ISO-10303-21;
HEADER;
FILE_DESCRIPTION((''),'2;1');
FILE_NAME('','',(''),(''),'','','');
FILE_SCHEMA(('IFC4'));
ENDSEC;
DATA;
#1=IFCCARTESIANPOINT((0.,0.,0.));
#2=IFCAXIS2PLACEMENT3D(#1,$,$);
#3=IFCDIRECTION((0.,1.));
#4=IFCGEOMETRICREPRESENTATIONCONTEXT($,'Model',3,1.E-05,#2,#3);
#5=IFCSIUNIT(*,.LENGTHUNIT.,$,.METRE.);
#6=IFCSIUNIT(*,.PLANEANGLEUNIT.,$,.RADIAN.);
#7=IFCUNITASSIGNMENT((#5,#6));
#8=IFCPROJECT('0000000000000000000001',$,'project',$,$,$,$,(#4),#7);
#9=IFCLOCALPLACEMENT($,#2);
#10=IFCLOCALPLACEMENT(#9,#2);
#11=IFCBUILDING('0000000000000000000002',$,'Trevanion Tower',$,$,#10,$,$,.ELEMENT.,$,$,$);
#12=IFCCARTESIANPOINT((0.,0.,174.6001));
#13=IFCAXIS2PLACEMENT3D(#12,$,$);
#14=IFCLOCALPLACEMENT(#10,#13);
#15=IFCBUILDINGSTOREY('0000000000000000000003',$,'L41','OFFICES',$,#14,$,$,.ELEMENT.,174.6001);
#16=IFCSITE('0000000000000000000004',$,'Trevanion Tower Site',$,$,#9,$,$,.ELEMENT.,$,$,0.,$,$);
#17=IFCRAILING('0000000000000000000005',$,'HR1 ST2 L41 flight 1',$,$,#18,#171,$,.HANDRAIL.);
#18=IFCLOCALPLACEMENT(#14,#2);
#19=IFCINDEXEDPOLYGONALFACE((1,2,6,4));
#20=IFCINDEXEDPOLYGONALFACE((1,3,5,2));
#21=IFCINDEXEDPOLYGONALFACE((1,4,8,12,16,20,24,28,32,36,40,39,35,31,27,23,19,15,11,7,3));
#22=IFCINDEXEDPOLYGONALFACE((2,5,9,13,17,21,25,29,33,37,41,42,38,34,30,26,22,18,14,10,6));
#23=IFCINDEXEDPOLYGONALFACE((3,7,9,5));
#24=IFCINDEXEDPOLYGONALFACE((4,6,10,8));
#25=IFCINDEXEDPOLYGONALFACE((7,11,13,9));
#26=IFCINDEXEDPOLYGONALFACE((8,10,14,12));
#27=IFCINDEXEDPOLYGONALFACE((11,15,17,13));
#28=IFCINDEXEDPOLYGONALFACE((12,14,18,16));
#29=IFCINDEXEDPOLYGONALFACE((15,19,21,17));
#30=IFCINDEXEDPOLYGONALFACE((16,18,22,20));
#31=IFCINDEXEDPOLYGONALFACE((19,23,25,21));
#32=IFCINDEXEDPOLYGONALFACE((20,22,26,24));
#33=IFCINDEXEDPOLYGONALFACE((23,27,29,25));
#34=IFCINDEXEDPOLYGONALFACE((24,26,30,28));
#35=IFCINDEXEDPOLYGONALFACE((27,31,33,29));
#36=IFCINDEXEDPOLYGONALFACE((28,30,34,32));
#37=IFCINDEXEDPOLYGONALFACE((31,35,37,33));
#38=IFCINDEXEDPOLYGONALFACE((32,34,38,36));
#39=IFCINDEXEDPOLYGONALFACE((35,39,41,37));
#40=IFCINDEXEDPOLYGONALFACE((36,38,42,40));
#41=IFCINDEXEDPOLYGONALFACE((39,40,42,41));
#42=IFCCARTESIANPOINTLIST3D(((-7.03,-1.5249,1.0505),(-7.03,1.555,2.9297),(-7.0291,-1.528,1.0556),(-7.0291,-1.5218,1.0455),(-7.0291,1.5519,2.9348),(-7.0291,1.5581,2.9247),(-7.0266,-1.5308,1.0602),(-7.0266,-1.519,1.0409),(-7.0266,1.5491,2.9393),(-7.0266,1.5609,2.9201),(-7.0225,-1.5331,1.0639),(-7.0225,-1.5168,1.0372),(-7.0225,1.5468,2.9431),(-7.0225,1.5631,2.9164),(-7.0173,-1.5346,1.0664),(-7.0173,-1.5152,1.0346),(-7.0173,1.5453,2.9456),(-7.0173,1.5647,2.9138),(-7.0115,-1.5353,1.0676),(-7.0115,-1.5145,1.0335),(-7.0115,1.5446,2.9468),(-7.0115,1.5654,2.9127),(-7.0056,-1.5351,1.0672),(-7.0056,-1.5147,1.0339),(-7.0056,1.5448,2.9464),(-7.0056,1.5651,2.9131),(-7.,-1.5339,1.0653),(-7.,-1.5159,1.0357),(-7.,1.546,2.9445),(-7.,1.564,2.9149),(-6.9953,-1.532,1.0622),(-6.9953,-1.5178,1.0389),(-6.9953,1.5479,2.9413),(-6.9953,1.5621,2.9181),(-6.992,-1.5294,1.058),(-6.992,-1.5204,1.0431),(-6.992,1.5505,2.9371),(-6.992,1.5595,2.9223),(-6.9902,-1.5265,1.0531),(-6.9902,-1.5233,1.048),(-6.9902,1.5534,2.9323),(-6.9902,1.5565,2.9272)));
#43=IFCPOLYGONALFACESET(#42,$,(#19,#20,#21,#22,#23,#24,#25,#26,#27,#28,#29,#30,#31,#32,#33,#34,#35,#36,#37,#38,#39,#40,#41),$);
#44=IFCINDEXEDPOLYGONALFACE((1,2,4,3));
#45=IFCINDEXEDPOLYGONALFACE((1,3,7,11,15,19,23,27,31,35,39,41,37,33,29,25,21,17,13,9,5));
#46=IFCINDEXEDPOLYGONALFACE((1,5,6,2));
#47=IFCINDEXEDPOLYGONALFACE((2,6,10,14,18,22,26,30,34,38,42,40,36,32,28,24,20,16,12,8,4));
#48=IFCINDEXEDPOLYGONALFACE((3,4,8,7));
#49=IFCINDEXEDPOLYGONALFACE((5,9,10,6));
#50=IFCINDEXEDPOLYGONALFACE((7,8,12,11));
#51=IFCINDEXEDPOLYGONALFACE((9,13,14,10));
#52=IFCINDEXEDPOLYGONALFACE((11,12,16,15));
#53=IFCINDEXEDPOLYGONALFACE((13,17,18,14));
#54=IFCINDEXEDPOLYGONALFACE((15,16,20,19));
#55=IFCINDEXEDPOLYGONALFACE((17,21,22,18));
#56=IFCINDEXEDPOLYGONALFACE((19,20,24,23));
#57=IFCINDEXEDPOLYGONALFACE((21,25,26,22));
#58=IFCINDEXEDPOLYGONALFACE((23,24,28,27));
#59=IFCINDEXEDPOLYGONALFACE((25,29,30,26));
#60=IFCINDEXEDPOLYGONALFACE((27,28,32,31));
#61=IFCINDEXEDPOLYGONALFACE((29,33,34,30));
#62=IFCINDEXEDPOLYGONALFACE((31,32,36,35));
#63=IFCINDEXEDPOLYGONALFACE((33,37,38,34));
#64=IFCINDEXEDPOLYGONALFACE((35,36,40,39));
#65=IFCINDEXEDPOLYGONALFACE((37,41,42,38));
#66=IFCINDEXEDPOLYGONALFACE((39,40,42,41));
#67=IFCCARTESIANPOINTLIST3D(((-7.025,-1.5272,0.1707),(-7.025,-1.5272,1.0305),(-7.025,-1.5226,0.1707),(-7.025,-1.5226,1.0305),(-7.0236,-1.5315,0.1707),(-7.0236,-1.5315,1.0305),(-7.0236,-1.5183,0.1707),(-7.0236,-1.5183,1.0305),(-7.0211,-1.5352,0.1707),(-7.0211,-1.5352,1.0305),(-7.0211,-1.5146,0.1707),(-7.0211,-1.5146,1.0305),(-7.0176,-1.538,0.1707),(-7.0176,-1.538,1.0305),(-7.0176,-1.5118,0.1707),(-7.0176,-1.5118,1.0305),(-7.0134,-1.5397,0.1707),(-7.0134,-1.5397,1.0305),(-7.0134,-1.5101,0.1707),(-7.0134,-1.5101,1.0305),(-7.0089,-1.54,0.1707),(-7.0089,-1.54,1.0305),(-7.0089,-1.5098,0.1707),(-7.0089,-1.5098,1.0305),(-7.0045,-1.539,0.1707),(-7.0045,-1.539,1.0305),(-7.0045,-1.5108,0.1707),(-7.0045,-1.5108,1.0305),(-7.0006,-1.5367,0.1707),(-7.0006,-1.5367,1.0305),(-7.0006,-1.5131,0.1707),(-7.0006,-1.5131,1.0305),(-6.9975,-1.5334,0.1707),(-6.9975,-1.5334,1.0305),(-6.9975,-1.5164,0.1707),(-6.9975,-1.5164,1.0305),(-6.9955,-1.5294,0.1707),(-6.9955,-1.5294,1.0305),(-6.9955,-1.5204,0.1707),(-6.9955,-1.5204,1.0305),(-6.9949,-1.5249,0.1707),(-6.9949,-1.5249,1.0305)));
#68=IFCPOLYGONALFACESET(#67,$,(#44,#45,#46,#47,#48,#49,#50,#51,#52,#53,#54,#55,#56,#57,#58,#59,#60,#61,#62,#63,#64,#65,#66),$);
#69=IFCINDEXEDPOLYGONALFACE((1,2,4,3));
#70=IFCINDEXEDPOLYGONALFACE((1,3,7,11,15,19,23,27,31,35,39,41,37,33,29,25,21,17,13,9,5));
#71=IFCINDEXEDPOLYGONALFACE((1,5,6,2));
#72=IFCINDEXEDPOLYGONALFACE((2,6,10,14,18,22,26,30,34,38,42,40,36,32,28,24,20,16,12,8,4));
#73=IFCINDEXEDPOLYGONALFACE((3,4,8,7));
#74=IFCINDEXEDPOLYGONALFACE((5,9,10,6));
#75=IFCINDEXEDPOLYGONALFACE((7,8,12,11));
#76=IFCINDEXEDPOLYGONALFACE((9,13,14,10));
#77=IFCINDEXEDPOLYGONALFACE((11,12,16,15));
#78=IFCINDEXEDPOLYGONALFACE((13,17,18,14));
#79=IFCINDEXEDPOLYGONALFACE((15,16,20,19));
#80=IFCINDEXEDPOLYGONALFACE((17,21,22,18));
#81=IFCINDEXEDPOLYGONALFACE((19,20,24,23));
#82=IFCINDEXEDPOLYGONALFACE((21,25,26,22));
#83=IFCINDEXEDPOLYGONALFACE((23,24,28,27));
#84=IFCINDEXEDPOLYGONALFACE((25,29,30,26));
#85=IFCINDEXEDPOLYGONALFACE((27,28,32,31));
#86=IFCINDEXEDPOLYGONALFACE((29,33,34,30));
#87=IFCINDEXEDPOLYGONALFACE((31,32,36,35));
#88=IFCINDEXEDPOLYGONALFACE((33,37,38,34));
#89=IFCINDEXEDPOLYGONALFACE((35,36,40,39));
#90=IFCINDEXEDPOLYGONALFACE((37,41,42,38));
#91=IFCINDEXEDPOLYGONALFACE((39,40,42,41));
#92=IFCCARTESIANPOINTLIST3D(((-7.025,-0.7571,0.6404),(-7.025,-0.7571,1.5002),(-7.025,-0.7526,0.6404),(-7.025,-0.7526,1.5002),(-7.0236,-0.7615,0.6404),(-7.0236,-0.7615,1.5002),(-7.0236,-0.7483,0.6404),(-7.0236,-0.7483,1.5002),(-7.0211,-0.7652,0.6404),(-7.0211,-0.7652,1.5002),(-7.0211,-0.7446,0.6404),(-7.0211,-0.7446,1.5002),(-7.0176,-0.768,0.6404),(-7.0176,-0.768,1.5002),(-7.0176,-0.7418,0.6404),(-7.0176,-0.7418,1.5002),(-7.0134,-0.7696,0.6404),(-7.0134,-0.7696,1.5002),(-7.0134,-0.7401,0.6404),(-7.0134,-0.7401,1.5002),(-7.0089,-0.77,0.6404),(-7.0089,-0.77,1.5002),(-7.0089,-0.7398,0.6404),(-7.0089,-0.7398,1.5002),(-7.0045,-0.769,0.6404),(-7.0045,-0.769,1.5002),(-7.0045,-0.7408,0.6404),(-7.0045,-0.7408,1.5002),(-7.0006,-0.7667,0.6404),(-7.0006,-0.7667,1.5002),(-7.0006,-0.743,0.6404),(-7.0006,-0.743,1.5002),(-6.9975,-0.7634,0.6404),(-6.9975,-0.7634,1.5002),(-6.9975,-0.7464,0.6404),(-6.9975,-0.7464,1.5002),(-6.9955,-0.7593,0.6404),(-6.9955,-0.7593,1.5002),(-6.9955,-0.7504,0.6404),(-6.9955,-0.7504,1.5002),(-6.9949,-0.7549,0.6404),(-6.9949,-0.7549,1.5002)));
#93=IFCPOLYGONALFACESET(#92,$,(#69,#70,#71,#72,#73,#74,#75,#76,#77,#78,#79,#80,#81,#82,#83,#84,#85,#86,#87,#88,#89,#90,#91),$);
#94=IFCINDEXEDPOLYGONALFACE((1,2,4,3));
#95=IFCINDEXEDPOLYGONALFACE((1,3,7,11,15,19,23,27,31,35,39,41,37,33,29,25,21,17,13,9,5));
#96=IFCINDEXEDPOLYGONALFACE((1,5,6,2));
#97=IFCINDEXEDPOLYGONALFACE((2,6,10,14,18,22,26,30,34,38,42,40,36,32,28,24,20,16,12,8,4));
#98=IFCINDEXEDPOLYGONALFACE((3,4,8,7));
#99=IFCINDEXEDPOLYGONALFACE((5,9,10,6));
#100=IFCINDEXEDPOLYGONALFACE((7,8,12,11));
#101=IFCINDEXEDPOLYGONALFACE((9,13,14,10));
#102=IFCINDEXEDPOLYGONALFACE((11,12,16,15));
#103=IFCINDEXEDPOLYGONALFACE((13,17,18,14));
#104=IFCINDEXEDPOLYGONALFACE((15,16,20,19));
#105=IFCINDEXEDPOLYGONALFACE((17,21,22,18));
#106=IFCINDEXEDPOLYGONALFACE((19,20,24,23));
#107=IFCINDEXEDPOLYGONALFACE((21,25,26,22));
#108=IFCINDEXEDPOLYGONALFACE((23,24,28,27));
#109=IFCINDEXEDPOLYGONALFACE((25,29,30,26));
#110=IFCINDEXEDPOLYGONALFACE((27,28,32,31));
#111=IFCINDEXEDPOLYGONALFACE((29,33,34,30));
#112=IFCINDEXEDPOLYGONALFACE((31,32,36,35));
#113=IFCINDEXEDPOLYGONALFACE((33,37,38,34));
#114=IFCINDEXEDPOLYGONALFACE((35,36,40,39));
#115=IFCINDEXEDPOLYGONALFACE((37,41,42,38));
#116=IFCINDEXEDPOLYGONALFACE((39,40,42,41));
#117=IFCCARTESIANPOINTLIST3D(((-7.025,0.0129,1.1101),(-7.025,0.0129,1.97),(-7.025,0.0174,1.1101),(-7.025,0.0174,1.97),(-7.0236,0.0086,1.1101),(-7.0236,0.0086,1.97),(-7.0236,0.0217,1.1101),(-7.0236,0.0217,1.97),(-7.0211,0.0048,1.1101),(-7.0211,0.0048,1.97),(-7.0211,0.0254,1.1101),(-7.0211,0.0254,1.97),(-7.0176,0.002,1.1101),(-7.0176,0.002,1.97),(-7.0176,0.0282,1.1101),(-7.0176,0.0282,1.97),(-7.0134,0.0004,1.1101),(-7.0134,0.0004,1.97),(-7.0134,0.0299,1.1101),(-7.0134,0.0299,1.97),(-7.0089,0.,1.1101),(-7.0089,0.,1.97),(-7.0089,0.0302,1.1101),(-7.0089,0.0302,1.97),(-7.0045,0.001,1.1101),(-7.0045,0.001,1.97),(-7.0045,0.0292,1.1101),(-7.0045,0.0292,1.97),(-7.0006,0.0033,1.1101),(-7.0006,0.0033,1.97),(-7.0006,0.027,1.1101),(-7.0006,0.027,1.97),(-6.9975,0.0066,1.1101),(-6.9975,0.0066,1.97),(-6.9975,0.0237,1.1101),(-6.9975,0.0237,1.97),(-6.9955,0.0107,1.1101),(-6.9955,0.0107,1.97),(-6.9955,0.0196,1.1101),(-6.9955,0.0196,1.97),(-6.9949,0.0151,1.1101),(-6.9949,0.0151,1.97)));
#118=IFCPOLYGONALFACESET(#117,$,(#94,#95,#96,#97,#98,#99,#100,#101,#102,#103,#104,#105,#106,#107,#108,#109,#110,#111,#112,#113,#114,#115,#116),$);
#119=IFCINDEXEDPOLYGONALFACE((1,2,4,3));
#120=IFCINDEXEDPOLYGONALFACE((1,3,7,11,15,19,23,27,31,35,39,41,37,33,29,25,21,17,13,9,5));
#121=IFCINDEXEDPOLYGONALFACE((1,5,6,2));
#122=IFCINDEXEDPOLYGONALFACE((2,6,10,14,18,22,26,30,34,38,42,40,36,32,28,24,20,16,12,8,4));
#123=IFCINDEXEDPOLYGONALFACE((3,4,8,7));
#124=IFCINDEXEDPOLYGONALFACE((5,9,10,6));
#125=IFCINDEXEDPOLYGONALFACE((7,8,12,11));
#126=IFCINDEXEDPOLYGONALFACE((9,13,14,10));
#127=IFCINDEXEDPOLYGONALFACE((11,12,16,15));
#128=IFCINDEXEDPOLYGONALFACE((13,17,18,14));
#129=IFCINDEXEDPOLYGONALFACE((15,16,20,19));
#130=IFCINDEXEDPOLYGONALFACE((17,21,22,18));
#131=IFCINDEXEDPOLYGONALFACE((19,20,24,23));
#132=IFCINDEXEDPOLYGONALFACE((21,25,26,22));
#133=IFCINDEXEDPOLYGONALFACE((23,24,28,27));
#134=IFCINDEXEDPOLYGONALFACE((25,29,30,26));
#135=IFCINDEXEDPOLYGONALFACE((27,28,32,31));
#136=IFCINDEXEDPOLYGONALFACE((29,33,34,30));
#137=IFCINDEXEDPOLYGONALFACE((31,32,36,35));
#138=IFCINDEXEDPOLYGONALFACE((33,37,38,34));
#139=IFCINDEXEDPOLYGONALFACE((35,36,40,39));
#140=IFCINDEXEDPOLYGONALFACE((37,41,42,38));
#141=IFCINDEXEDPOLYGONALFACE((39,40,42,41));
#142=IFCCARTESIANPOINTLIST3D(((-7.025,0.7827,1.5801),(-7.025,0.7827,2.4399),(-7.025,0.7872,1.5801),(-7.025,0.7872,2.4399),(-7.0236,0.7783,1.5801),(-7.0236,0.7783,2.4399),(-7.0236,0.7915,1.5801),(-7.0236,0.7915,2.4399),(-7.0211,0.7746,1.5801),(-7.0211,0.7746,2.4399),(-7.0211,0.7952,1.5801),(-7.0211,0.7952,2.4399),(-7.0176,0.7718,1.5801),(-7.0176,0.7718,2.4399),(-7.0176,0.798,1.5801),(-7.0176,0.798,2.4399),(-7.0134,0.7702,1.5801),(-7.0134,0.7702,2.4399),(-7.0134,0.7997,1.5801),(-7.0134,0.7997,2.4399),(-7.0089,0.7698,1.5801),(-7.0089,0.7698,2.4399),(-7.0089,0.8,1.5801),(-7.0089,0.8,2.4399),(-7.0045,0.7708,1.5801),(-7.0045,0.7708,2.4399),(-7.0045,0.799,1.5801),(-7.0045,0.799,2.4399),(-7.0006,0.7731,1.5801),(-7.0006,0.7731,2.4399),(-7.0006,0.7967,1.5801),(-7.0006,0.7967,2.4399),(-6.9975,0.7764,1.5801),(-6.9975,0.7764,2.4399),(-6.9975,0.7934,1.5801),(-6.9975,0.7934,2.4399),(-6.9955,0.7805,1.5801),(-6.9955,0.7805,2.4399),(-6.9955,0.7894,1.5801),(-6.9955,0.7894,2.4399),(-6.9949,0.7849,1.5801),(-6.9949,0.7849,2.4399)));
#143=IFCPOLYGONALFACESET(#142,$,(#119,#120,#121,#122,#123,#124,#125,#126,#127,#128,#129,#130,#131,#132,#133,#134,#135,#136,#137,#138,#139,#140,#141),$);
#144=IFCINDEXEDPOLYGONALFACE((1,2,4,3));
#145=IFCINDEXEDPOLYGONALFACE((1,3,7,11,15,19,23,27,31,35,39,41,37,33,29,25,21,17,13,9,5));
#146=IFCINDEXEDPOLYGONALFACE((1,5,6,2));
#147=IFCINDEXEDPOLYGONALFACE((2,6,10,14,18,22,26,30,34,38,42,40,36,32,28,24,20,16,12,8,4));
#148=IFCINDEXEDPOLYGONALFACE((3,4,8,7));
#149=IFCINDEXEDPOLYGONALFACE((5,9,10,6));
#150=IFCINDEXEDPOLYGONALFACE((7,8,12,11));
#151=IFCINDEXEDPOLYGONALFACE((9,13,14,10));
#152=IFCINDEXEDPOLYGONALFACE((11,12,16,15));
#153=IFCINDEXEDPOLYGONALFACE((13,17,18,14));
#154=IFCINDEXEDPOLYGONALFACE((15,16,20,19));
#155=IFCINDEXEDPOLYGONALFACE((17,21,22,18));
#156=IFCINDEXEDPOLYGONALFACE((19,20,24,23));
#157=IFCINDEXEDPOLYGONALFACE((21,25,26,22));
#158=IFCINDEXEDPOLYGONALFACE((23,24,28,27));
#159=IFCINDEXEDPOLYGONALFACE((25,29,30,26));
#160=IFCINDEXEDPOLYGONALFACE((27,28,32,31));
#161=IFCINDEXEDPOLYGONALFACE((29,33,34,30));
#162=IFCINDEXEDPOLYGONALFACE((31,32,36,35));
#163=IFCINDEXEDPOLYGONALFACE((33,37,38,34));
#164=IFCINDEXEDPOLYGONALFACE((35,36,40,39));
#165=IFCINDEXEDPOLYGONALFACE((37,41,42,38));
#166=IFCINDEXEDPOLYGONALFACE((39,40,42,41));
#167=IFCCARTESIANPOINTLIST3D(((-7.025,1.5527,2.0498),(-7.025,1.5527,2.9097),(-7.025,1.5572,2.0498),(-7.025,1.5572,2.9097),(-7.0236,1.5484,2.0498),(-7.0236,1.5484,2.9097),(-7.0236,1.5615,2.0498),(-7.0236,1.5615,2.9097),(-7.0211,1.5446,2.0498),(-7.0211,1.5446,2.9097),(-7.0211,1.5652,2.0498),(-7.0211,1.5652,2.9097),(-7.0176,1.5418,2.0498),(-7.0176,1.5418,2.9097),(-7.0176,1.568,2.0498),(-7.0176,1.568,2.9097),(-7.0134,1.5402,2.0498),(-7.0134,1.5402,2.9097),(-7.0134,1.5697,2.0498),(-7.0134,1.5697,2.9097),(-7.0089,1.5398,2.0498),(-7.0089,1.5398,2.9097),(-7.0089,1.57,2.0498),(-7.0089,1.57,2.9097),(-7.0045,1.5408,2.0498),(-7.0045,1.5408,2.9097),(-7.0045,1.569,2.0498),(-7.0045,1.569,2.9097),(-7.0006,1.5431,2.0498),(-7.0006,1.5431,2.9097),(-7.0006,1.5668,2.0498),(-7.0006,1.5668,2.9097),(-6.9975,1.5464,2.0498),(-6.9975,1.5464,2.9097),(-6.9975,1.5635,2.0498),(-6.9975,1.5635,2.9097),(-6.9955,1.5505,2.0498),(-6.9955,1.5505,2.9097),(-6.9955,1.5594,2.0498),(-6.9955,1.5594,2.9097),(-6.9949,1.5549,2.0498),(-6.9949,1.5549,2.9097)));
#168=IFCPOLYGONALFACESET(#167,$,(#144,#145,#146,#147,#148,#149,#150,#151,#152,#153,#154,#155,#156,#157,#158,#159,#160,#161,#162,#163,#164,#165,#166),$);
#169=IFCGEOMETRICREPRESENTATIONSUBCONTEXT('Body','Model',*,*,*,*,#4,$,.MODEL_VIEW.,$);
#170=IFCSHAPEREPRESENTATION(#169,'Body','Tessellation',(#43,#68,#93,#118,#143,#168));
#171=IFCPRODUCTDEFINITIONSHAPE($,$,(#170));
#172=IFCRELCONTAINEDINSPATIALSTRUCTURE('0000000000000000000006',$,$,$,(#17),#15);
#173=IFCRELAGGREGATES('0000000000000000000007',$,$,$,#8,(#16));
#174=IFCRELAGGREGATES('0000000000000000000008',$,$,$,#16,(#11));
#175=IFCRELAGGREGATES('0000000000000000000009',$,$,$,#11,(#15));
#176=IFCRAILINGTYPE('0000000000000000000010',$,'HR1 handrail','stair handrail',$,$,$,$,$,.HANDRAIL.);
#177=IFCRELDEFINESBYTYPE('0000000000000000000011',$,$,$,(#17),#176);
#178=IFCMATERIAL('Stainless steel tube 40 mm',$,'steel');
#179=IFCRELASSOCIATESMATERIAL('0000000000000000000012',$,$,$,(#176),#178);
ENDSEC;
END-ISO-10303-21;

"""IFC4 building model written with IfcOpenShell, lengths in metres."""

from ifc_helpers import new_model, si_unit, direction, frame, origin, origin_2d, place, context, subcontext, project, spatial, circle, extrude, material, type_object, element, save


model = new_model("IFC4")

# Units and contexts
model_context = context("Model", 3, precision=1e-05, world=origin(), true_north=direction((0.0, 1.0)))
body_context = subcontext(model_context, "Body", "Model", "MODEL_VIEW")
ifc_project = project(units=[si_unit("LENGTHUNIT", "METRE"), si_unit("PLANEANGLEUNIT", "RADIAN")], contexts=[model_context])

# Site, building, storey
site_placement = place(None, origin())
site = spatial("IfcSite", under=ifc_project, at=site_placement, Name="Trevanion Tower Site", CompositionType="ELEMENT", RefElevation=0.0)
building_placement = place(site_placement, origin())
building = spatial("IfcBuilding", under=site, at=building_placement, Name="Trevanion Tower", CompositionType="ELEMENT")
storey_placement = place(building_placement, frame((0.0, 0.0, 174.6001)))
storey = spatial("IfcBuildingStorey", under=building, at=storey_placement, Name="L41", Description="OFFICES", CompositionType="ELEMENT", Elevation=174.6001)

# Railing
ifc_material_1 = material(Name="Stainless steel tube 40 mm", Category="steel")
railing_type = type_object("IfcRailingType", Name="HR1 handrail", Description="stair handrail", PredefinedType="HANDRAIL", material=ifc_material_1)
for number, where, name in (
    (1, (-7.01, -1.5249, 0.1707), "HR1 ST2 L41 flight 1"),
):
    element("IfcRailing", number, at=place(storey_placement, frame(where)), inside=storey, type_object=railing_type, Name=name, PredefinedType="HANDRAIL", context=body_context, shape_type="SweptSolid", body=[
        extrude(circle(Radius=0.02, at=origin_2d()), frame((0.0, 0.0, 0.8799), z_axis=(0.0, 0.853648, 0.52085), x_axis=(-1.0, 0.0, 0.0)), (0.0, 0.0, 1.0), 3.6079),
        extrude(circle(Radius=0.0151, at=origin_2d()), origin(), (0.0, 0.0, 1.0), 0.8599),
        extrude(circle(Radius=0.0151, at=origin_2d()), frame((0.0, 0.77, 0.4697)), (0.0, 0.0, 1.0), 0.8599),
        extrude(circle(Radius=0.0151, at=origin_2d()), frame((0.0, 1.54, 0.9395)), (0.0, 0.0, 1.0), 0.8599),
        extrude(circle(Radius=0.0151, at=origin_2d()), frame((0.0, 2.3098, 1.4094)), (0.0, 0.0, 1.0), 0.8599),
        extrude(circle(Radius=0.0151, at=origin_2d()), frame((0.0, 3.0798, 1.8792)), (0.0, 0.0, 1.0), 0.8599),
    ])

save(model, "model.ifc")
